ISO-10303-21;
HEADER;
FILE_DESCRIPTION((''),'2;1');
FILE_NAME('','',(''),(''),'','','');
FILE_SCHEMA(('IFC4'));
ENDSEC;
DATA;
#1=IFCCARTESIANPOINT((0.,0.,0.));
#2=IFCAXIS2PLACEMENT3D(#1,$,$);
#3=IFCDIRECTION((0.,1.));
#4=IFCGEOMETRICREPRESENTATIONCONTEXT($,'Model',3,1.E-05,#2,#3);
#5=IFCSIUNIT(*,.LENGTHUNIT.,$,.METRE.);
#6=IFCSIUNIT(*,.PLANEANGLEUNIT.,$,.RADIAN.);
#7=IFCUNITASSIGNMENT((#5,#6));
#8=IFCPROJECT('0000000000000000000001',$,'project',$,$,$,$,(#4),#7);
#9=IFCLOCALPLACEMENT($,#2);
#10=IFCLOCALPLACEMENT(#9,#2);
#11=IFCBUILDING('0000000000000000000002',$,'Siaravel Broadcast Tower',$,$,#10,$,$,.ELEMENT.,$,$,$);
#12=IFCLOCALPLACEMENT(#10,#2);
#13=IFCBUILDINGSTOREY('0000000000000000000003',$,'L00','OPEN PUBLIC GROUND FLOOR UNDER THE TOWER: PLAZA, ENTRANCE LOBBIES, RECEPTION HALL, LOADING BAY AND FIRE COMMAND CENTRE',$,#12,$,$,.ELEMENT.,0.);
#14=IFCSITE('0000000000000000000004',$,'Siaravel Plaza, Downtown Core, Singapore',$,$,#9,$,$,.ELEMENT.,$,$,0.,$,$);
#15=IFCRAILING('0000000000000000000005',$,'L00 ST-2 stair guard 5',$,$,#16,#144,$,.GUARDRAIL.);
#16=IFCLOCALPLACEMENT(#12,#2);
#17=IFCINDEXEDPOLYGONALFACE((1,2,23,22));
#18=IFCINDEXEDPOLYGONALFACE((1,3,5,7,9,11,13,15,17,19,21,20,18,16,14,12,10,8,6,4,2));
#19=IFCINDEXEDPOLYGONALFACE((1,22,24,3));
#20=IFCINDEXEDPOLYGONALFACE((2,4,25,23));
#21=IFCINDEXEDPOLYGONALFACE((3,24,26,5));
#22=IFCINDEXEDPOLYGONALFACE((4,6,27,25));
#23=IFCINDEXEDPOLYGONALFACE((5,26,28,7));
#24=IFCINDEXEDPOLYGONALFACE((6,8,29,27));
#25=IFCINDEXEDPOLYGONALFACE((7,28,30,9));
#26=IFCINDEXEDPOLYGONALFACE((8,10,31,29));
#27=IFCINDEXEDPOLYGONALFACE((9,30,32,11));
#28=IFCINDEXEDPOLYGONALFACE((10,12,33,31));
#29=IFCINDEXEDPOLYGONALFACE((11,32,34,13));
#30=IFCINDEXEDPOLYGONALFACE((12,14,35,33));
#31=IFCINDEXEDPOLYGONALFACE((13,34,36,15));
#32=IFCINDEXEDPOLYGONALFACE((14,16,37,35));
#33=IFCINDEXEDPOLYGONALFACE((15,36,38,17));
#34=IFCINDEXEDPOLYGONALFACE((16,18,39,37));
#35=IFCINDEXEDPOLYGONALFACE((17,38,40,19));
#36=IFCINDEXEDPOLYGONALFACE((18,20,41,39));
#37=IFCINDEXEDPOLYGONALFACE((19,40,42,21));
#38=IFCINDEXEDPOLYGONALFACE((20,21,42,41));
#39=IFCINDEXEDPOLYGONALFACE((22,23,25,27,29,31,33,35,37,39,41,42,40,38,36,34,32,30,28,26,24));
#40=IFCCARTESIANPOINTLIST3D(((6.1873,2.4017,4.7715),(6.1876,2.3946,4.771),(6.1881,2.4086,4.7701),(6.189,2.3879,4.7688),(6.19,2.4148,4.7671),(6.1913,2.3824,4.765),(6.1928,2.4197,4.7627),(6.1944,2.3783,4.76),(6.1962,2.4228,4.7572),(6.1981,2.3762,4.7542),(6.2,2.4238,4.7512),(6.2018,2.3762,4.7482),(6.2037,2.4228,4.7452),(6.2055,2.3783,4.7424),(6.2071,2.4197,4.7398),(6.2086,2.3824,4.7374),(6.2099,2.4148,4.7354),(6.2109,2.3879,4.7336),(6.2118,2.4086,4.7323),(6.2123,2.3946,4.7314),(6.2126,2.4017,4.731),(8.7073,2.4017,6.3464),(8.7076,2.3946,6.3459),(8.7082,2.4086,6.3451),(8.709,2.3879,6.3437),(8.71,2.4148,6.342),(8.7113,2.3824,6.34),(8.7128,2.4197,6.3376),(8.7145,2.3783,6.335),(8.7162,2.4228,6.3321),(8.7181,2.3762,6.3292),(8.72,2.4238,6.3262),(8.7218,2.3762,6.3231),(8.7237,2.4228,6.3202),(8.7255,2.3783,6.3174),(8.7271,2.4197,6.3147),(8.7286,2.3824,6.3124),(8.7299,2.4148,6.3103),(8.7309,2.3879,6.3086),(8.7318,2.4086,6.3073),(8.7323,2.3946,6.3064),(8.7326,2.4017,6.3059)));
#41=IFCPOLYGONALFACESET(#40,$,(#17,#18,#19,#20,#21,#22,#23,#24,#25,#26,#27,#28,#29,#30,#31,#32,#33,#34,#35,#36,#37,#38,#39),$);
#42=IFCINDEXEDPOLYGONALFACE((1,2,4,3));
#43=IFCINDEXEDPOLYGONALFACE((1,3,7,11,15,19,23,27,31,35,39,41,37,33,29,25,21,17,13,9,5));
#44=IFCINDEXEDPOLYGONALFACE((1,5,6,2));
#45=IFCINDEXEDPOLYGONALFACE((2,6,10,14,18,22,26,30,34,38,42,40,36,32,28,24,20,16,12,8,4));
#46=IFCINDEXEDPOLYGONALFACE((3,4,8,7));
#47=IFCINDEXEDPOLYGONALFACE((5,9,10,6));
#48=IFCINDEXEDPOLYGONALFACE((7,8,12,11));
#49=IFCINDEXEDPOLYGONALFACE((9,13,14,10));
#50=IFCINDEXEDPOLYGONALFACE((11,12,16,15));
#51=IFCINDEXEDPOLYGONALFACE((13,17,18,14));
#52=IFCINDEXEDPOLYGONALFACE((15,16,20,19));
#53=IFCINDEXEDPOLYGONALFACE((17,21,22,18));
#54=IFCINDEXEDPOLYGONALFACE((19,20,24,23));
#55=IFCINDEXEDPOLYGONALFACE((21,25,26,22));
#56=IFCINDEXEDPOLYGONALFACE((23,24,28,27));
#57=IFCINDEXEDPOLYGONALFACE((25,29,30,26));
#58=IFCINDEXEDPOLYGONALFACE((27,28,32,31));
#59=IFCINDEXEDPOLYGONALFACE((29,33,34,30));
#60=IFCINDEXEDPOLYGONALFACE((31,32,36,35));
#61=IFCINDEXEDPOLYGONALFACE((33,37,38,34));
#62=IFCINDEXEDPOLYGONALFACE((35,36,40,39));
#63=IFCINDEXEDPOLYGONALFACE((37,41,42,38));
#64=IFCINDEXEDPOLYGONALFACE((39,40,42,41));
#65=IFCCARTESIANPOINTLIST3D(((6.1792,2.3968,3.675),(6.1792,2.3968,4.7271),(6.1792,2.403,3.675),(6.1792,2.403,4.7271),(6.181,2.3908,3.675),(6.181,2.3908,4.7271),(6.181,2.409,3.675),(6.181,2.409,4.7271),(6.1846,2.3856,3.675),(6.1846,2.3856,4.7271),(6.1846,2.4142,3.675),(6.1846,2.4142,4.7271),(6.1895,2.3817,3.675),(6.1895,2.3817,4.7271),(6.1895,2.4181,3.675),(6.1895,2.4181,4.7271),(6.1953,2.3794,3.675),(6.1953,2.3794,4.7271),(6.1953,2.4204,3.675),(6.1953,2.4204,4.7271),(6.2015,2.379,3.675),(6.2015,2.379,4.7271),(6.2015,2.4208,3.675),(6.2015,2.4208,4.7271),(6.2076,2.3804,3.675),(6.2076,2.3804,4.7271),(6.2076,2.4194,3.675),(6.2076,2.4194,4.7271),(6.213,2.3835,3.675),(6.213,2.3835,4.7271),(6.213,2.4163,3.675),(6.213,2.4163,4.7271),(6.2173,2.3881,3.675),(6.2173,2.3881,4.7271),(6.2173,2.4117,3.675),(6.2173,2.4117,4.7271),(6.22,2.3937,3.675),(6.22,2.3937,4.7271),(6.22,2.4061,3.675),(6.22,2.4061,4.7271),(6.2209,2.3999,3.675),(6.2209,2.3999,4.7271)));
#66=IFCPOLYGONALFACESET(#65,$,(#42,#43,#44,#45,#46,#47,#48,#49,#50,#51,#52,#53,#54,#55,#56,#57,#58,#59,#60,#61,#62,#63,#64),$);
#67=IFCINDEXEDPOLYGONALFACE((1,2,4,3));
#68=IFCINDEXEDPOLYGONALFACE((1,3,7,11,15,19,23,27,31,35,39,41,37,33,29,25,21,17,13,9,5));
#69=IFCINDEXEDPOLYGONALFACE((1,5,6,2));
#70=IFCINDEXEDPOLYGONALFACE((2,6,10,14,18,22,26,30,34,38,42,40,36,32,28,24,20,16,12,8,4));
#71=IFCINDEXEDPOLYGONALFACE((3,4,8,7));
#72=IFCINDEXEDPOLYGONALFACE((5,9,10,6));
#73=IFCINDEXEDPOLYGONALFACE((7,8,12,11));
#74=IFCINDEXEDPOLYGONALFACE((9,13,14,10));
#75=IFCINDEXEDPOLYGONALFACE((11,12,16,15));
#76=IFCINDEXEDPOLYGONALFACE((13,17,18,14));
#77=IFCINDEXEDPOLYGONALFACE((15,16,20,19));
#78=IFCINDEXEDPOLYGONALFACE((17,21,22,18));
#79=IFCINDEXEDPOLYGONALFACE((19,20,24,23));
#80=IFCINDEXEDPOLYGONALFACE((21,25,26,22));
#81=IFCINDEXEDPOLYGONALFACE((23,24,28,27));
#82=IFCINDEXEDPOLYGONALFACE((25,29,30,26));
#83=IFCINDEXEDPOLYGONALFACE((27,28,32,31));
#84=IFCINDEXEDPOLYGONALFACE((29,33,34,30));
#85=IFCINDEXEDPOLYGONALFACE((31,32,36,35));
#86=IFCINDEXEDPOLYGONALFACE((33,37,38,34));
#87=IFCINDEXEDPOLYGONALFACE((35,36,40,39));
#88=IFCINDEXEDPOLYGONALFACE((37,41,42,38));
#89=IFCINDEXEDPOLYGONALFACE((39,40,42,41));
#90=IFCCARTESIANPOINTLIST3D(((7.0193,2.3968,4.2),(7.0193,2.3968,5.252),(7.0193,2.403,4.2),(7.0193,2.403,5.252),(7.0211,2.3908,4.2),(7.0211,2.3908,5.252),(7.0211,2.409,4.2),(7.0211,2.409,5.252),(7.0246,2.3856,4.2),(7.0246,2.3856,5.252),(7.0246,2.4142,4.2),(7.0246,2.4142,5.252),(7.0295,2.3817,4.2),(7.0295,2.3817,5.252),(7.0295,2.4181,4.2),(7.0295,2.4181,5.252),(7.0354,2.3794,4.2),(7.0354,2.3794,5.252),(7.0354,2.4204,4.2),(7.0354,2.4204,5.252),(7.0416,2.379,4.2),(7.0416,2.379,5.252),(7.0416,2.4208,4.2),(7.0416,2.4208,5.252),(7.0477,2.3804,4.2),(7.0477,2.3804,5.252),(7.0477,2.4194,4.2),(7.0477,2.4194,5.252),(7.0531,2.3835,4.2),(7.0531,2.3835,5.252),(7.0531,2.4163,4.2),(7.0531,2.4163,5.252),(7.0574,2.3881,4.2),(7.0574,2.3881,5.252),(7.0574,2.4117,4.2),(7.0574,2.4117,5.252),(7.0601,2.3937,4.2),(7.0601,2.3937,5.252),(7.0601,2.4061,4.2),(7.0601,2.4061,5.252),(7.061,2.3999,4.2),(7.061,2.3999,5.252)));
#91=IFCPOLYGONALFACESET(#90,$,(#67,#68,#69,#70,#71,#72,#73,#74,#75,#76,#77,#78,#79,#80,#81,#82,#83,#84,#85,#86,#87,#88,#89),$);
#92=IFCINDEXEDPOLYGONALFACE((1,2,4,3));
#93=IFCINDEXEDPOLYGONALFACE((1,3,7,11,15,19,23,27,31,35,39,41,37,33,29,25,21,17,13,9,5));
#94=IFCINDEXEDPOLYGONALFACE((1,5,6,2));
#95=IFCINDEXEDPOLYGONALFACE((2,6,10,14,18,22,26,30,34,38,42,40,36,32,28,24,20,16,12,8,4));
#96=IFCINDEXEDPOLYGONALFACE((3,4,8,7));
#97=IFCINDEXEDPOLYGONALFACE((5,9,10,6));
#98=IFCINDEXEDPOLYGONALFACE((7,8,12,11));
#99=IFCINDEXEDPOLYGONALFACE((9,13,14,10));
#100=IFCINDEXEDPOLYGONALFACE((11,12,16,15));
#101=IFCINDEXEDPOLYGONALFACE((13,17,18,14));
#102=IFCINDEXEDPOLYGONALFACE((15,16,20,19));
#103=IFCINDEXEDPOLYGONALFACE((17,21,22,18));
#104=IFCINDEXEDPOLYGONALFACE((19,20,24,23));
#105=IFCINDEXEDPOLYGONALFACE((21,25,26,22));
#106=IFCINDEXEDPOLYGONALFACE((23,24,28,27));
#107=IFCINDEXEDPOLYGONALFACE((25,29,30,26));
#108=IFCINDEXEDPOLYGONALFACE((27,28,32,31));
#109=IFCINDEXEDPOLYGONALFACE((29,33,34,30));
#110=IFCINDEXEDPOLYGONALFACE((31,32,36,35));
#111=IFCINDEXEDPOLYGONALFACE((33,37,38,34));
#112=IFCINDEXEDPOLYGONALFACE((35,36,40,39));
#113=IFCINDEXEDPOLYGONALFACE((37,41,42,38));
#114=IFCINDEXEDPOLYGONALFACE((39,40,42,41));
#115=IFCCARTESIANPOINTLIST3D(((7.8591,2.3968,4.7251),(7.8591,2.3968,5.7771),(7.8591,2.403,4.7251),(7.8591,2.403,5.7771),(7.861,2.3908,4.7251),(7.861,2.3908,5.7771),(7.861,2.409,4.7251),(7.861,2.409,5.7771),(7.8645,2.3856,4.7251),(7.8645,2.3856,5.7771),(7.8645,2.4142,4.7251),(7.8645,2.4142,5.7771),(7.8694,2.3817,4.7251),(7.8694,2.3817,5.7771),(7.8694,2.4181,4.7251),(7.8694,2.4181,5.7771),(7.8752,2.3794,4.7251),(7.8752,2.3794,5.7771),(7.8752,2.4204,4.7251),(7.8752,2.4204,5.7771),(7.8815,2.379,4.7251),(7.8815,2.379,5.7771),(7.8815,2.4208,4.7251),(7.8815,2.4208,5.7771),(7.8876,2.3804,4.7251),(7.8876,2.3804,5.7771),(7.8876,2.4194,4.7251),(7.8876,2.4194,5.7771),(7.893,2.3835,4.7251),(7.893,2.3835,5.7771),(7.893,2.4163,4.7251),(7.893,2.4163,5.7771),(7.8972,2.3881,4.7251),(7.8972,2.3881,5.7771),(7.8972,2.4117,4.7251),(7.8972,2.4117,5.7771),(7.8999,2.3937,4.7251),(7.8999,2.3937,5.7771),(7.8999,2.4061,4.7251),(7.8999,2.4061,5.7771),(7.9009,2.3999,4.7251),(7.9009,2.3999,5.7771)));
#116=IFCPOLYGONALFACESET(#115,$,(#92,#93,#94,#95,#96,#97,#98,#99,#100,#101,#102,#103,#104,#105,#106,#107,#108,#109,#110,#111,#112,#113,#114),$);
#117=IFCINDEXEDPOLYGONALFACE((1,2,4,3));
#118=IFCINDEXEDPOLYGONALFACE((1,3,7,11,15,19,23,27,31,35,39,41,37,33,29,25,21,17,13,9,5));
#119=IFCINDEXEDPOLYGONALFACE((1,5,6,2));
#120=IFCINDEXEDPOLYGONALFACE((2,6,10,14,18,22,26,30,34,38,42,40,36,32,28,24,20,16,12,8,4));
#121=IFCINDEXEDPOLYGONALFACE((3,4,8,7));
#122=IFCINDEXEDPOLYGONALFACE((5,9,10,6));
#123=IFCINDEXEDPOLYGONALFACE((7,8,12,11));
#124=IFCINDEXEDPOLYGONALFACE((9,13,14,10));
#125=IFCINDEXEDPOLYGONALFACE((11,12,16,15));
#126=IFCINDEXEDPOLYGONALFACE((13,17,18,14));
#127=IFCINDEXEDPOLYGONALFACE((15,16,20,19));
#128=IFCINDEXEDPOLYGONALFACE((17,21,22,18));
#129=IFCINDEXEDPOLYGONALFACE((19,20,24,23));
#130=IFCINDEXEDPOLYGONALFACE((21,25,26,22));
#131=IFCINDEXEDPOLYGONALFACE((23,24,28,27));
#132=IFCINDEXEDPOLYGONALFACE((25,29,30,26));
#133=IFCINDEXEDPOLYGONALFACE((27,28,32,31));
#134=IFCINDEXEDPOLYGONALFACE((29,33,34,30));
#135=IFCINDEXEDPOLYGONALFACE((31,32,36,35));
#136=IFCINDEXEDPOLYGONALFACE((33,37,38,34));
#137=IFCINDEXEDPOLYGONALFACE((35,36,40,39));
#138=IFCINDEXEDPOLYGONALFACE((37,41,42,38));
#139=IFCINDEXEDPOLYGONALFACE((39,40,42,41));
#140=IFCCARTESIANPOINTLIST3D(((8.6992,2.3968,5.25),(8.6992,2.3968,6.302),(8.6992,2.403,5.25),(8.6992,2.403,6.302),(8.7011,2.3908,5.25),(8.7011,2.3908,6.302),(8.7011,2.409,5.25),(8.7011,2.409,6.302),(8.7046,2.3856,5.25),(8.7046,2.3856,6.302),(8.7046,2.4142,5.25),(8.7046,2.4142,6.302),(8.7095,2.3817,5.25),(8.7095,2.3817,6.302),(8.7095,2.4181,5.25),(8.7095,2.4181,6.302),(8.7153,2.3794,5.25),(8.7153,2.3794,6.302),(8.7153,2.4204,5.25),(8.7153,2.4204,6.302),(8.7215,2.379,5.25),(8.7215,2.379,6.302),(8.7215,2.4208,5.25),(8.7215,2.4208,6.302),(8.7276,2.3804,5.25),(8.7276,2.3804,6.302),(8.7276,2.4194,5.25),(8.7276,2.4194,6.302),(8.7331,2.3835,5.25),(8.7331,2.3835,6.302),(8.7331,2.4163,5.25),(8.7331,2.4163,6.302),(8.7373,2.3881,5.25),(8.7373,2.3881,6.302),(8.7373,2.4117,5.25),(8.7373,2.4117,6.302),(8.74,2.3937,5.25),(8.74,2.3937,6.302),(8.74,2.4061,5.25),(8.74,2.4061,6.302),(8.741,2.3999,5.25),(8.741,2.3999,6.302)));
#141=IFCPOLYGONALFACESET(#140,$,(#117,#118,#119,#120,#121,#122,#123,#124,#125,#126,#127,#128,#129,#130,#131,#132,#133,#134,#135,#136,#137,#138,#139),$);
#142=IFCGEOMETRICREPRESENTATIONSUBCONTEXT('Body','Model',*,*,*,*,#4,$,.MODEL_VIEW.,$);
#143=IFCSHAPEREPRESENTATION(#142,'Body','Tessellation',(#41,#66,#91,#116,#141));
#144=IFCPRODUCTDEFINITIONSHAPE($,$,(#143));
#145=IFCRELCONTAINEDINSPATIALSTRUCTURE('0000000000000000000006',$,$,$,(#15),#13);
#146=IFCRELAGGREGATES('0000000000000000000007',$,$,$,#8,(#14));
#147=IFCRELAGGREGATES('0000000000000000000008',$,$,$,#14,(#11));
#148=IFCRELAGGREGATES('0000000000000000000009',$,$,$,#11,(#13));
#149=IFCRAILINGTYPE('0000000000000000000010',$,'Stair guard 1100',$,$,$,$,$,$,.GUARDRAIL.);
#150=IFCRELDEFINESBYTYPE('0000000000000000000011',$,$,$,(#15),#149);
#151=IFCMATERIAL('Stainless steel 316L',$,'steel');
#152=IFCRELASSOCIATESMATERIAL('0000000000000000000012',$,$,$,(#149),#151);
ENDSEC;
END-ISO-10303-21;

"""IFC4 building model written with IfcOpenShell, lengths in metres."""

from ifc_helpers import new_model, si_unit, direction, frame, origin, origin_2d, place, context, subcontext, project, spatial, circle, extrude, material, type_object, element, save


model = new_model("IFC4")

# Units and contexts
model_context = context("Model", 3, precision=1e-05, world=origin(), true_north=direction((0.0, 1.0)))
body_context = subcontext(model_context, "Body", "Model", "MODEL_VIEW")
ifc_project = project(units=[si_unit("LENGTHUNIT", "METRE"), si_unit("PLANEANGLEUNIT", "RADIAN")], contexts=[model_context])

# Site, building, storey
site_placement = place(None, origin())
site = spatial("IfcSite", under=ifc_project, at=site_placement, Name="Siaravel Plaza, Downtown Core, Singapore", CompositionType="ELEMENT", RefElevation=0.0)
building_placement = place(site_placement, origin())
building = spatial("IfcBuilding", under=site, at=building_placement, Name="Siaravel Broadcast Tower", CompositionType="ELEMENT")
storey_placement = place(building_placement, origin())
storey = spatial("IfcBuildingStorey", under=building, at=storey_placement, Name="L00", Description="OPEN PUBLIC GROUND FLOOR UNDER THE TOWER: PLAZA, ENTRANCE LOBBIES, RECEPTION HALL, LOADING BAY AND FIRE COMMAND CENTRE", CompositionType="ELEMENT", Elevation=0.0)

# Railing
ifc_material_1 = material(Name="Stainless steel 316L", Category="steel")
railing_type = type_object("IfcRailingType", Name="Stair guard 1100", PredefinedType="GUARDRAIL", material=ifc_material_1)
railing_1_placement = place(storey_placement, frame((6.2, 2.3999, 3.675)))
element("IfcRailing", 1, at=railing_1_placement, inside=storey, type_object=railing_type, Name="L00 ST-2 stair guard 5", PredefinedType="GUARDRAIL", context=body_context, shape_type="SweptSolid", body=[
    extrude(circle(Radius=0.0239, at=origin_2d()), frame((0.0, 0.0, 1.0762), z_axis=(0.848008, 0.0, 0.529984), x_axis=(0.0, 1.0, 0.0)), (0.0, 0.0, 1.0), 2.9717),
    extrude(circle(Radius=0.021, at=origin_2d()), origin(), (0.0, 0.0, 1.0), 1.052),
    extrude(circle(Radius=0.021, at=origin_2d()), frame((0.8401, 0.0, 0.5249)), (0.0, 0.0, 1.0), 1.052),
    extrude(circle(Radius=0.021, at=origin_2d()), frame((1.6799, 0.0, 1.05)), (0.0, 0.0, 1.0), 1.052),
    extrude(circle(Radius=0.021, at=origin_2d()), frame((2.52, 0.0, 1.575)), (0.0, 0.0, 1.0), 1.052),
])

save(model, "model.ifc")
